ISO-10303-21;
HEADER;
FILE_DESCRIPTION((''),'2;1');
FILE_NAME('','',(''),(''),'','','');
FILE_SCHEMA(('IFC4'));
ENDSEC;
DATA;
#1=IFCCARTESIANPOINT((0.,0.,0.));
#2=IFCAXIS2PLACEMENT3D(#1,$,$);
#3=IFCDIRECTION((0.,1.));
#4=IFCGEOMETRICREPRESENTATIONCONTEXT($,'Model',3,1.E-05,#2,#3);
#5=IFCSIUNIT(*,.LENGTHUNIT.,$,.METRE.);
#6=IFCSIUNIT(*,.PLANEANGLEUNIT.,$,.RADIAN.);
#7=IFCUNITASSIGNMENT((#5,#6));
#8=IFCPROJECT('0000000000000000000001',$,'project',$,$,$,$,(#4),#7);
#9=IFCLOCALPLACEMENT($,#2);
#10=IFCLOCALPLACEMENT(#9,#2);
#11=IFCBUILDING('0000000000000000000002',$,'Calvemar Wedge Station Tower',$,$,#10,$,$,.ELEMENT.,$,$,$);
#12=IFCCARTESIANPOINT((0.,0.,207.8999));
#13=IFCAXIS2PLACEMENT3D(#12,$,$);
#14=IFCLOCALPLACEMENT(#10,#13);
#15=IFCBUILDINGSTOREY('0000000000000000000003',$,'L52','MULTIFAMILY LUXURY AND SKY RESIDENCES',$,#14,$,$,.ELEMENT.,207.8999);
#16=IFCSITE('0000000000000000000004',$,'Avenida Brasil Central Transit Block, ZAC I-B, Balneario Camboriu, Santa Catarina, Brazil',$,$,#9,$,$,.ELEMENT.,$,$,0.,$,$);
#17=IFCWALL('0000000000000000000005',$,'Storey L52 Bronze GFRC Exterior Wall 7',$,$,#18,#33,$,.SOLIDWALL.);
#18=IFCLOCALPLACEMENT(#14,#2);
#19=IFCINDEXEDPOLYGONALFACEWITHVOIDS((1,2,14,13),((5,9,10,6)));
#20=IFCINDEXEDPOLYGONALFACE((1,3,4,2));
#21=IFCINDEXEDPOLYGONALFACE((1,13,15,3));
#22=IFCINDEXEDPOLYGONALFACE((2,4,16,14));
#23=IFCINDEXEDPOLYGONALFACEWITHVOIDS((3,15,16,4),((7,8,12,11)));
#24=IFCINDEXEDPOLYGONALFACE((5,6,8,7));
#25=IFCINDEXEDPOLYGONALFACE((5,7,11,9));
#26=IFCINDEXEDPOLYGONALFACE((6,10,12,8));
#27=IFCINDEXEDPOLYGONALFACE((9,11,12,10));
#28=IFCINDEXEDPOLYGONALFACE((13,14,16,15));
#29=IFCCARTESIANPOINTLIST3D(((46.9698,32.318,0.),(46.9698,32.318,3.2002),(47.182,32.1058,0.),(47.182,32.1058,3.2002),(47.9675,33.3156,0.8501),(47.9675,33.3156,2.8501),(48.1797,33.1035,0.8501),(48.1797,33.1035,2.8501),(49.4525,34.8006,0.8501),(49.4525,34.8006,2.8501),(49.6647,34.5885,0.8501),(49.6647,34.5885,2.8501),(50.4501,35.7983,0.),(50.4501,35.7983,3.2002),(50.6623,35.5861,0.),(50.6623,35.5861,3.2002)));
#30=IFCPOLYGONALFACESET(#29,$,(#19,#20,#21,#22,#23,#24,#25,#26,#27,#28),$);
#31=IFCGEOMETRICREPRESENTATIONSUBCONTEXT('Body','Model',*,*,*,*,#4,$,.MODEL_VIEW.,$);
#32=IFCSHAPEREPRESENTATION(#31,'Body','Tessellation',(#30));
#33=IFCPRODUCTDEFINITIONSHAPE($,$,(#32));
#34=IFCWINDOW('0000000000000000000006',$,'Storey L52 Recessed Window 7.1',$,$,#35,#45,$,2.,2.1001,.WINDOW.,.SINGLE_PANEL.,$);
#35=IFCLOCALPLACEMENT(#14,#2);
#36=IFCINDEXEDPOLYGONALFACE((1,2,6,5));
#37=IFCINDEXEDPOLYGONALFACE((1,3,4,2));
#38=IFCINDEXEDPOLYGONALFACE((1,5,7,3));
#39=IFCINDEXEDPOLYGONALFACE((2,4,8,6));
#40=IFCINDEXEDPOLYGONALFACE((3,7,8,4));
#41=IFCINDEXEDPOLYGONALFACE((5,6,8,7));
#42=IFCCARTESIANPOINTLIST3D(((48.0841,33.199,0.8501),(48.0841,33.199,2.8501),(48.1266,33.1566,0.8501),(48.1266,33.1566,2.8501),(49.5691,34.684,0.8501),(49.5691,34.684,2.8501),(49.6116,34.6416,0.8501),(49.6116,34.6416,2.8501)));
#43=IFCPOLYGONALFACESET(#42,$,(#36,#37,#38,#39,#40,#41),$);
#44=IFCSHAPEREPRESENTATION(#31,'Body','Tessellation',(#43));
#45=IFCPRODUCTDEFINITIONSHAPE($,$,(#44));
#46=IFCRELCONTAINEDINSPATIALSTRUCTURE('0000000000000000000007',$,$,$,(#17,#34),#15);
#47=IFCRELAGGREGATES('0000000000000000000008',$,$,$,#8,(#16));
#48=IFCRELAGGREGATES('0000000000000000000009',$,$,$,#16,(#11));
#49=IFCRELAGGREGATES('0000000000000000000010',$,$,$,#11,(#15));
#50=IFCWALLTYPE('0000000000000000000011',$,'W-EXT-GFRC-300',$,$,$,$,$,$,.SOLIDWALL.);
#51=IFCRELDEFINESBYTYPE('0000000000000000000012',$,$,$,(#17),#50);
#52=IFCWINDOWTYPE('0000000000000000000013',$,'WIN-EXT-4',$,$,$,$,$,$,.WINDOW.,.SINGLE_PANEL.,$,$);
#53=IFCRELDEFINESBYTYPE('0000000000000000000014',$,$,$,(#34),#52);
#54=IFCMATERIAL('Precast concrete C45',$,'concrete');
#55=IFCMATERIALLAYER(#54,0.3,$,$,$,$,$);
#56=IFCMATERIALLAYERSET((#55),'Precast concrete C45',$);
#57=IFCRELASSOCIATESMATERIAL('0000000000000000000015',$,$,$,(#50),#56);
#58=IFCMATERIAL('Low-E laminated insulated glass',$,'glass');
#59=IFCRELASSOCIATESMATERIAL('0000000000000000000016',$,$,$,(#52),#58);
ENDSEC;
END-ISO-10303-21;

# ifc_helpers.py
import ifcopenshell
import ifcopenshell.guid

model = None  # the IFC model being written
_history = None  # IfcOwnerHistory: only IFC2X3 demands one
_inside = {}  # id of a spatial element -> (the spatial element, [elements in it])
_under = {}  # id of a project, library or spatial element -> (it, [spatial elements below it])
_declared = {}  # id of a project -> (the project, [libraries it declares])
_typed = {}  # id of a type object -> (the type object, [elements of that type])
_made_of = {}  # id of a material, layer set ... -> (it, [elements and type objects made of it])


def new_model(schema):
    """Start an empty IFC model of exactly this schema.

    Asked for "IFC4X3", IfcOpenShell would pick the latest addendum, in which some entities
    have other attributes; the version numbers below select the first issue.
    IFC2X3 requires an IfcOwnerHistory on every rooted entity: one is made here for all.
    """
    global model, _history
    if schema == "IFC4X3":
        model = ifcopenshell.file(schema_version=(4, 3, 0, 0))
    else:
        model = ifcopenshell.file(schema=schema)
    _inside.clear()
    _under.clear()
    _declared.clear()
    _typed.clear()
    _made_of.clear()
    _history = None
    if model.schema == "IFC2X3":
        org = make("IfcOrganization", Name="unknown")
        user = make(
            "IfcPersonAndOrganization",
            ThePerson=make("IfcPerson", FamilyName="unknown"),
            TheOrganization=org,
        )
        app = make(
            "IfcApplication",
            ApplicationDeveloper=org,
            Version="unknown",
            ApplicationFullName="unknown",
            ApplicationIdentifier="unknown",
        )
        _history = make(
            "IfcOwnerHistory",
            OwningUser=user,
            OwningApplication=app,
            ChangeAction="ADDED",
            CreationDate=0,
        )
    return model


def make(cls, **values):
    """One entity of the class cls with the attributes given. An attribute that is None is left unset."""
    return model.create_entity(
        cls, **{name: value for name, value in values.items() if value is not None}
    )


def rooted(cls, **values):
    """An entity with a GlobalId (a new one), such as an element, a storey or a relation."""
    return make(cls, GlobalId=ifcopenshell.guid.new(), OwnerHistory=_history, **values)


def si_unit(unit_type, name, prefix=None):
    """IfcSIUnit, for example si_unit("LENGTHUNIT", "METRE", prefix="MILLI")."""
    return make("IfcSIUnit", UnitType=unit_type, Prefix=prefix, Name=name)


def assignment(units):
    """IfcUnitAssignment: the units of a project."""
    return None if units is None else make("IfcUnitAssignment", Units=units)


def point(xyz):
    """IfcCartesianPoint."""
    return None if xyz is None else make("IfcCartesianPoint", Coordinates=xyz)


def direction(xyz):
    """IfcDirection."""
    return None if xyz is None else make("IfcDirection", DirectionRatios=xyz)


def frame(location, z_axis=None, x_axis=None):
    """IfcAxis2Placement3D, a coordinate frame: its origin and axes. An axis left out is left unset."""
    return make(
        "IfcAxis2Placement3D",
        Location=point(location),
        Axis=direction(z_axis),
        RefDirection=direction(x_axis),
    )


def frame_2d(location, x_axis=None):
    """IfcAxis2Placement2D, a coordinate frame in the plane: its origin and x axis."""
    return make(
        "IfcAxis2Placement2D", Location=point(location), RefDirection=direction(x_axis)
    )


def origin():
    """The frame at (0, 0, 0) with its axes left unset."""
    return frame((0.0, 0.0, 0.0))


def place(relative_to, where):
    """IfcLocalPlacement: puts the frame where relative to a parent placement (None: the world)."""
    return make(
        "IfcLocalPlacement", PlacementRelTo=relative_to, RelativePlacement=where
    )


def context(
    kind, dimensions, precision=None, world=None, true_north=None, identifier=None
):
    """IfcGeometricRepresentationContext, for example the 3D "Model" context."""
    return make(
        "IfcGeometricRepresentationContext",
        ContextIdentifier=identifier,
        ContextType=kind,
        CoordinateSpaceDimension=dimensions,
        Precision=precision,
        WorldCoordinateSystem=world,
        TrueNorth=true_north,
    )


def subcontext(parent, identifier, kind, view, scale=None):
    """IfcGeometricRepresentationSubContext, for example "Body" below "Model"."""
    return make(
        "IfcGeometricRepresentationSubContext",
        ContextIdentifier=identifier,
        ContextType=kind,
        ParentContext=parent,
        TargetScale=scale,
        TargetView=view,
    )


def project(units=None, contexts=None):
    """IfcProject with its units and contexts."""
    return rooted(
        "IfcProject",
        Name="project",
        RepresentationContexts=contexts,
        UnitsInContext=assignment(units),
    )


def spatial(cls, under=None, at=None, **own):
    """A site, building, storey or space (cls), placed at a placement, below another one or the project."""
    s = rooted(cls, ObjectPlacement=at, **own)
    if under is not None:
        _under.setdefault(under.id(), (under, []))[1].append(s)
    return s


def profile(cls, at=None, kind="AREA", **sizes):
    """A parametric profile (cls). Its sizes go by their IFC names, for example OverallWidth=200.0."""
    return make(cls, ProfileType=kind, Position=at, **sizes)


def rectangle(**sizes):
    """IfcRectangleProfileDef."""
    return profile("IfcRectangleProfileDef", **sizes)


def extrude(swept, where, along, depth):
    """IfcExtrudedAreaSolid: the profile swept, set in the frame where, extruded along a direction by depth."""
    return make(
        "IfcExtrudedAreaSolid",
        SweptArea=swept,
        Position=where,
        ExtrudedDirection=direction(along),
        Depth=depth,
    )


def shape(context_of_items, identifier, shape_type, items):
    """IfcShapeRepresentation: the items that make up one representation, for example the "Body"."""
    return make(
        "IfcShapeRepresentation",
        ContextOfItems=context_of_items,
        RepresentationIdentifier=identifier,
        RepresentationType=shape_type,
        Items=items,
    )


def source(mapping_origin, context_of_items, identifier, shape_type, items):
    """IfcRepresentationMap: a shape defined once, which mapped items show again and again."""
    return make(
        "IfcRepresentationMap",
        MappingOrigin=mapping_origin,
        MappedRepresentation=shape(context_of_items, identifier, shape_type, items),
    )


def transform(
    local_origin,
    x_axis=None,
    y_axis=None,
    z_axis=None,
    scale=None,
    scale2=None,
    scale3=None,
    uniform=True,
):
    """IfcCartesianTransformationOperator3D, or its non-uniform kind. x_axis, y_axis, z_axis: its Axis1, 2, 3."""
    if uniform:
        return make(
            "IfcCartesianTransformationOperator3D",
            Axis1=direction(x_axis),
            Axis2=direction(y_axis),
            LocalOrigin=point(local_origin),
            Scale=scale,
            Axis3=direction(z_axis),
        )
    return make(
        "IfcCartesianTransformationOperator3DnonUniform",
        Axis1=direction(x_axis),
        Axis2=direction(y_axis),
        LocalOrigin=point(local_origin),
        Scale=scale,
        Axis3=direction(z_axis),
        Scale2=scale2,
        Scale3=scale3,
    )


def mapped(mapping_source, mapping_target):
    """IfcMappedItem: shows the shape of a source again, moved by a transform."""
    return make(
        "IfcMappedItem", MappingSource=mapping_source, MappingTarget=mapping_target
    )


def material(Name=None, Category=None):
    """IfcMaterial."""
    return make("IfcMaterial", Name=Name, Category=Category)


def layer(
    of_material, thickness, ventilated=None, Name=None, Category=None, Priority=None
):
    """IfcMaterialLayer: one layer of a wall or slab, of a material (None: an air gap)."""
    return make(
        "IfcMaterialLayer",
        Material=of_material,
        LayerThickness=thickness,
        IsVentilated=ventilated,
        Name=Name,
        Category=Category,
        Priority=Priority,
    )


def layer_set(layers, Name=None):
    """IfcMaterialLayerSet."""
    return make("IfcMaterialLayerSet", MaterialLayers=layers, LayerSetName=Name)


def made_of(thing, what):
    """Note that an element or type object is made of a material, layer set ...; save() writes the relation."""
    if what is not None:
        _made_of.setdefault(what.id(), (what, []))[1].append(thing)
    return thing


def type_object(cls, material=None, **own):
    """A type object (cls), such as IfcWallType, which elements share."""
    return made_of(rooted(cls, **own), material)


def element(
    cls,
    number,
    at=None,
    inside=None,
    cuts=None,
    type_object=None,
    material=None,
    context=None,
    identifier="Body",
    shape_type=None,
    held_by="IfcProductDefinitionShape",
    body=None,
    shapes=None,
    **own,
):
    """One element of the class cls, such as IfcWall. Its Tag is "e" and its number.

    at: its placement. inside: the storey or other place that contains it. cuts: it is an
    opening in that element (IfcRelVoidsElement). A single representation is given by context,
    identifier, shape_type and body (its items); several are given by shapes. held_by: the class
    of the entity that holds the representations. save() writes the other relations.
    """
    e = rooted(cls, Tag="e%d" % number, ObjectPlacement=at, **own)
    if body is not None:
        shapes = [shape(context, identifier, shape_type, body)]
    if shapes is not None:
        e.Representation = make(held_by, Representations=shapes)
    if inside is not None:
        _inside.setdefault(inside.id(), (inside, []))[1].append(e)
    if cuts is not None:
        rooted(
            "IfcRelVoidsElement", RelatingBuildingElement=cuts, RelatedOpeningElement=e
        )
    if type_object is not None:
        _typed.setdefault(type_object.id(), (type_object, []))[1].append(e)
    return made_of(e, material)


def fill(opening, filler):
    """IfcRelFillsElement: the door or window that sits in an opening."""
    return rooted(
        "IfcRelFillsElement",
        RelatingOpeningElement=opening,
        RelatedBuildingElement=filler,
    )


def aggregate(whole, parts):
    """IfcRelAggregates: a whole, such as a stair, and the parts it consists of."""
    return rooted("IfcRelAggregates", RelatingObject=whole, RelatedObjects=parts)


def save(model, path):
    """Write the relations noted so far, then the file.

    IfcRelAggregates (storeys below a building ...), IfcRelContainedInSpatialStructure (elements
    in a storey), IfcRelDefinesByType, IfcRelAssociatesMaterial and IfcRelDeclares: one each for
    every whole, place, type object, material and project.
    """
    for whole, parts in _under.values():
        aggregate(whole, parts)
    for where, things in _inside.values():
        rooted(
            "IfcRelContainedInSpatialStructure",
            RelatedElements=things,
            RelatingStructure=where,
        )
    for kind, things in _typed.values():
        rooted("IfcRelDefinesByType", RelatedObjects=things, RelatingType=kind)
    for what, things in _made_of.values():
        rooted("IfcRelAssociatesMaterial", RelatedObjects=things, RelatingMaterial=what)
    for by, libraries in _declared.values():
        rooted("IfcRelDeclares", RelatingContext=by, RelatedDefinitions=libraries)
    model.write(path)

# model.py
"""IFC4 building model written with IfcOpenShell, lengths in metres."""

from ifc_helpers import new_model, si_unit, direction, frame, frame_2d, origin, place, context, subcontext, project, spatial, rectangle, extrude, source, transform, mapped, material, layer, layer_set, type_object, element, fill, save


model = new_model("IFC4")

# Units and contexts
model_context = context("Model", 3, precision=1e-05, world=origin(), true_north=direction((0.0, 1.0)))
body_context = subcontext(model_context, "Body", "Model", "MODEL_VIEW")
ifc_project = project(units=[si_unit("LENGTHUNIT", "METRE"), si_unit("PLANEANGLEUNIT", "RADIAN")], contexts=[model_context])

# Site, building, storey
site_placement = place(None, origin())
site = spatial("IfcSite", under=ifc_project, at=site_placement, Name="Avenida Brasil Central Transit Block, ZAC I-B, Balneario Camboriu, Santa Catarina, Brazil", CompositionType="ELEMENT", RefElevation=0.0)
building_placement = place(site_placement, origin())
building = spatial("IfcBuilding", under=site, at=building_placement, Name="Calvemar Wedge Station Tower", CompositionType="ELEMENT")
storey_placement = place(building_placement, frame((0.0, 0.0, 207.8999)))
storey = spatial("IfcBuildingStorey", under=building, at=storey_placement, Name="L52", Description="MULTIFAMILY LUXURY AND SKY RESIDENCES", CompositionType="ELEMENT", Elevation=207.8999)

# Shared definitions
ifc_material_1 = material(Name="Low-E laminated insulated glass", Category="glass")

# Shared definitions
ifc_material_2 = material(Name="Precast concrete C45", Category="concrete")
ifc_layer_1 = layer(ifc_material_2, 0.3)
ifc_layer_set_1 = layer_set([ifc_layer_1], Name="Precast concrete C45")
wall_type_1 = type_object("IfcWallType", Name="W-EXT-GFRC-300", PredefinedType="SOLIDWALL", material=ifc_layer_set_1)

# Wall, opening, window
wall_1_placement = place(storey_placement, frame((47.0759, 32.2119, 0.0), z_axis=(0.0, 0.0, 1.0), x_axis=(0.707107, 0.707107, 0.0)))
wall_1 = element("IfcWall", 1, at=wall_1_placement, inside=storey, type_object=wall_type_1, Name="Storey L52 Bronze GFRC Exterior Wall 7", PredefinedType="SOLIDWALL", context=body_context, shape_type="SweptSolid", body=[
    extrude(rectangle(XDim=4.9219, YDim=0.3, at=frame_2d((2.4609, 0.0))), origin(), (0.0, 0.0, 1.0), 3.2002),
])
shared_shape_1 = source(origin(), body_context, "Body", "SweptSolid", [
    extrude(rectangle(XDim=2.1001, YDim=2.0, at=frame_2d((1.05, 1.0))), frame((0.0, 0.1602, 0.0), z_axis=(0.0, -1.0, 0.0), x_axis=(1.0, 0.0, 0.0)), (0.0, 0.0, 1.0), 0.3201),
])
opening_1_placement = place(wall_1_placement, frame((1.4109, 0.0, 0.8501)))
opening_1 = element("IfcOpeningElement", 2, at=opening_1_placement, cuts=wall_1, PredefinedType="OPENING", context=body_context, shape_type="MappedRepresentation", body=[
    mapped(shared_shape_1, transform((0.0, 0.0, 0.0), scale=1.0)),
])
window_type_1 = type_object("IfcWindowType", Name="WIN-EXT-4", PartitioningType="SINGLE_PANEL", PredefinedType="WINDOW", material=ifc_material_1)
shared_shape_2 = source(origin(), body_context, "Body", "SweptSolid", [
    extrude(rectangle(XDim=2.1001, YDim=2.0, at=frame_2d((1.05, 1.0))), frame((0.0, -0.0149, 0.0), z_axis=(0.0, -1.0, 0.0), x_axis=(1.0, 0.0, 0.0)), (0.0, 0.0, 1.0), 0.0601),
])
window_1_placement = place(opening_1_placement, origin())
window_1 = element("IfcWindow", 3, at=window_1_placement, inside=storey, type_object=window_type_1, Name="Storey L52 Recessed Window 7.1", OverallHeight=2.0, OverallWidth=2.1001, PartitioningType="SINGLE_PANEL", PredefinedType="WINDOW", context=body_context, shape_type="MappedRepresentation", body=[
    mapped(shared_shape_2, transform((0.0, 0.0, 0.0), scale=1.0)),
])
fill(opening_1, window_1)

save(model, "model.ifc")
